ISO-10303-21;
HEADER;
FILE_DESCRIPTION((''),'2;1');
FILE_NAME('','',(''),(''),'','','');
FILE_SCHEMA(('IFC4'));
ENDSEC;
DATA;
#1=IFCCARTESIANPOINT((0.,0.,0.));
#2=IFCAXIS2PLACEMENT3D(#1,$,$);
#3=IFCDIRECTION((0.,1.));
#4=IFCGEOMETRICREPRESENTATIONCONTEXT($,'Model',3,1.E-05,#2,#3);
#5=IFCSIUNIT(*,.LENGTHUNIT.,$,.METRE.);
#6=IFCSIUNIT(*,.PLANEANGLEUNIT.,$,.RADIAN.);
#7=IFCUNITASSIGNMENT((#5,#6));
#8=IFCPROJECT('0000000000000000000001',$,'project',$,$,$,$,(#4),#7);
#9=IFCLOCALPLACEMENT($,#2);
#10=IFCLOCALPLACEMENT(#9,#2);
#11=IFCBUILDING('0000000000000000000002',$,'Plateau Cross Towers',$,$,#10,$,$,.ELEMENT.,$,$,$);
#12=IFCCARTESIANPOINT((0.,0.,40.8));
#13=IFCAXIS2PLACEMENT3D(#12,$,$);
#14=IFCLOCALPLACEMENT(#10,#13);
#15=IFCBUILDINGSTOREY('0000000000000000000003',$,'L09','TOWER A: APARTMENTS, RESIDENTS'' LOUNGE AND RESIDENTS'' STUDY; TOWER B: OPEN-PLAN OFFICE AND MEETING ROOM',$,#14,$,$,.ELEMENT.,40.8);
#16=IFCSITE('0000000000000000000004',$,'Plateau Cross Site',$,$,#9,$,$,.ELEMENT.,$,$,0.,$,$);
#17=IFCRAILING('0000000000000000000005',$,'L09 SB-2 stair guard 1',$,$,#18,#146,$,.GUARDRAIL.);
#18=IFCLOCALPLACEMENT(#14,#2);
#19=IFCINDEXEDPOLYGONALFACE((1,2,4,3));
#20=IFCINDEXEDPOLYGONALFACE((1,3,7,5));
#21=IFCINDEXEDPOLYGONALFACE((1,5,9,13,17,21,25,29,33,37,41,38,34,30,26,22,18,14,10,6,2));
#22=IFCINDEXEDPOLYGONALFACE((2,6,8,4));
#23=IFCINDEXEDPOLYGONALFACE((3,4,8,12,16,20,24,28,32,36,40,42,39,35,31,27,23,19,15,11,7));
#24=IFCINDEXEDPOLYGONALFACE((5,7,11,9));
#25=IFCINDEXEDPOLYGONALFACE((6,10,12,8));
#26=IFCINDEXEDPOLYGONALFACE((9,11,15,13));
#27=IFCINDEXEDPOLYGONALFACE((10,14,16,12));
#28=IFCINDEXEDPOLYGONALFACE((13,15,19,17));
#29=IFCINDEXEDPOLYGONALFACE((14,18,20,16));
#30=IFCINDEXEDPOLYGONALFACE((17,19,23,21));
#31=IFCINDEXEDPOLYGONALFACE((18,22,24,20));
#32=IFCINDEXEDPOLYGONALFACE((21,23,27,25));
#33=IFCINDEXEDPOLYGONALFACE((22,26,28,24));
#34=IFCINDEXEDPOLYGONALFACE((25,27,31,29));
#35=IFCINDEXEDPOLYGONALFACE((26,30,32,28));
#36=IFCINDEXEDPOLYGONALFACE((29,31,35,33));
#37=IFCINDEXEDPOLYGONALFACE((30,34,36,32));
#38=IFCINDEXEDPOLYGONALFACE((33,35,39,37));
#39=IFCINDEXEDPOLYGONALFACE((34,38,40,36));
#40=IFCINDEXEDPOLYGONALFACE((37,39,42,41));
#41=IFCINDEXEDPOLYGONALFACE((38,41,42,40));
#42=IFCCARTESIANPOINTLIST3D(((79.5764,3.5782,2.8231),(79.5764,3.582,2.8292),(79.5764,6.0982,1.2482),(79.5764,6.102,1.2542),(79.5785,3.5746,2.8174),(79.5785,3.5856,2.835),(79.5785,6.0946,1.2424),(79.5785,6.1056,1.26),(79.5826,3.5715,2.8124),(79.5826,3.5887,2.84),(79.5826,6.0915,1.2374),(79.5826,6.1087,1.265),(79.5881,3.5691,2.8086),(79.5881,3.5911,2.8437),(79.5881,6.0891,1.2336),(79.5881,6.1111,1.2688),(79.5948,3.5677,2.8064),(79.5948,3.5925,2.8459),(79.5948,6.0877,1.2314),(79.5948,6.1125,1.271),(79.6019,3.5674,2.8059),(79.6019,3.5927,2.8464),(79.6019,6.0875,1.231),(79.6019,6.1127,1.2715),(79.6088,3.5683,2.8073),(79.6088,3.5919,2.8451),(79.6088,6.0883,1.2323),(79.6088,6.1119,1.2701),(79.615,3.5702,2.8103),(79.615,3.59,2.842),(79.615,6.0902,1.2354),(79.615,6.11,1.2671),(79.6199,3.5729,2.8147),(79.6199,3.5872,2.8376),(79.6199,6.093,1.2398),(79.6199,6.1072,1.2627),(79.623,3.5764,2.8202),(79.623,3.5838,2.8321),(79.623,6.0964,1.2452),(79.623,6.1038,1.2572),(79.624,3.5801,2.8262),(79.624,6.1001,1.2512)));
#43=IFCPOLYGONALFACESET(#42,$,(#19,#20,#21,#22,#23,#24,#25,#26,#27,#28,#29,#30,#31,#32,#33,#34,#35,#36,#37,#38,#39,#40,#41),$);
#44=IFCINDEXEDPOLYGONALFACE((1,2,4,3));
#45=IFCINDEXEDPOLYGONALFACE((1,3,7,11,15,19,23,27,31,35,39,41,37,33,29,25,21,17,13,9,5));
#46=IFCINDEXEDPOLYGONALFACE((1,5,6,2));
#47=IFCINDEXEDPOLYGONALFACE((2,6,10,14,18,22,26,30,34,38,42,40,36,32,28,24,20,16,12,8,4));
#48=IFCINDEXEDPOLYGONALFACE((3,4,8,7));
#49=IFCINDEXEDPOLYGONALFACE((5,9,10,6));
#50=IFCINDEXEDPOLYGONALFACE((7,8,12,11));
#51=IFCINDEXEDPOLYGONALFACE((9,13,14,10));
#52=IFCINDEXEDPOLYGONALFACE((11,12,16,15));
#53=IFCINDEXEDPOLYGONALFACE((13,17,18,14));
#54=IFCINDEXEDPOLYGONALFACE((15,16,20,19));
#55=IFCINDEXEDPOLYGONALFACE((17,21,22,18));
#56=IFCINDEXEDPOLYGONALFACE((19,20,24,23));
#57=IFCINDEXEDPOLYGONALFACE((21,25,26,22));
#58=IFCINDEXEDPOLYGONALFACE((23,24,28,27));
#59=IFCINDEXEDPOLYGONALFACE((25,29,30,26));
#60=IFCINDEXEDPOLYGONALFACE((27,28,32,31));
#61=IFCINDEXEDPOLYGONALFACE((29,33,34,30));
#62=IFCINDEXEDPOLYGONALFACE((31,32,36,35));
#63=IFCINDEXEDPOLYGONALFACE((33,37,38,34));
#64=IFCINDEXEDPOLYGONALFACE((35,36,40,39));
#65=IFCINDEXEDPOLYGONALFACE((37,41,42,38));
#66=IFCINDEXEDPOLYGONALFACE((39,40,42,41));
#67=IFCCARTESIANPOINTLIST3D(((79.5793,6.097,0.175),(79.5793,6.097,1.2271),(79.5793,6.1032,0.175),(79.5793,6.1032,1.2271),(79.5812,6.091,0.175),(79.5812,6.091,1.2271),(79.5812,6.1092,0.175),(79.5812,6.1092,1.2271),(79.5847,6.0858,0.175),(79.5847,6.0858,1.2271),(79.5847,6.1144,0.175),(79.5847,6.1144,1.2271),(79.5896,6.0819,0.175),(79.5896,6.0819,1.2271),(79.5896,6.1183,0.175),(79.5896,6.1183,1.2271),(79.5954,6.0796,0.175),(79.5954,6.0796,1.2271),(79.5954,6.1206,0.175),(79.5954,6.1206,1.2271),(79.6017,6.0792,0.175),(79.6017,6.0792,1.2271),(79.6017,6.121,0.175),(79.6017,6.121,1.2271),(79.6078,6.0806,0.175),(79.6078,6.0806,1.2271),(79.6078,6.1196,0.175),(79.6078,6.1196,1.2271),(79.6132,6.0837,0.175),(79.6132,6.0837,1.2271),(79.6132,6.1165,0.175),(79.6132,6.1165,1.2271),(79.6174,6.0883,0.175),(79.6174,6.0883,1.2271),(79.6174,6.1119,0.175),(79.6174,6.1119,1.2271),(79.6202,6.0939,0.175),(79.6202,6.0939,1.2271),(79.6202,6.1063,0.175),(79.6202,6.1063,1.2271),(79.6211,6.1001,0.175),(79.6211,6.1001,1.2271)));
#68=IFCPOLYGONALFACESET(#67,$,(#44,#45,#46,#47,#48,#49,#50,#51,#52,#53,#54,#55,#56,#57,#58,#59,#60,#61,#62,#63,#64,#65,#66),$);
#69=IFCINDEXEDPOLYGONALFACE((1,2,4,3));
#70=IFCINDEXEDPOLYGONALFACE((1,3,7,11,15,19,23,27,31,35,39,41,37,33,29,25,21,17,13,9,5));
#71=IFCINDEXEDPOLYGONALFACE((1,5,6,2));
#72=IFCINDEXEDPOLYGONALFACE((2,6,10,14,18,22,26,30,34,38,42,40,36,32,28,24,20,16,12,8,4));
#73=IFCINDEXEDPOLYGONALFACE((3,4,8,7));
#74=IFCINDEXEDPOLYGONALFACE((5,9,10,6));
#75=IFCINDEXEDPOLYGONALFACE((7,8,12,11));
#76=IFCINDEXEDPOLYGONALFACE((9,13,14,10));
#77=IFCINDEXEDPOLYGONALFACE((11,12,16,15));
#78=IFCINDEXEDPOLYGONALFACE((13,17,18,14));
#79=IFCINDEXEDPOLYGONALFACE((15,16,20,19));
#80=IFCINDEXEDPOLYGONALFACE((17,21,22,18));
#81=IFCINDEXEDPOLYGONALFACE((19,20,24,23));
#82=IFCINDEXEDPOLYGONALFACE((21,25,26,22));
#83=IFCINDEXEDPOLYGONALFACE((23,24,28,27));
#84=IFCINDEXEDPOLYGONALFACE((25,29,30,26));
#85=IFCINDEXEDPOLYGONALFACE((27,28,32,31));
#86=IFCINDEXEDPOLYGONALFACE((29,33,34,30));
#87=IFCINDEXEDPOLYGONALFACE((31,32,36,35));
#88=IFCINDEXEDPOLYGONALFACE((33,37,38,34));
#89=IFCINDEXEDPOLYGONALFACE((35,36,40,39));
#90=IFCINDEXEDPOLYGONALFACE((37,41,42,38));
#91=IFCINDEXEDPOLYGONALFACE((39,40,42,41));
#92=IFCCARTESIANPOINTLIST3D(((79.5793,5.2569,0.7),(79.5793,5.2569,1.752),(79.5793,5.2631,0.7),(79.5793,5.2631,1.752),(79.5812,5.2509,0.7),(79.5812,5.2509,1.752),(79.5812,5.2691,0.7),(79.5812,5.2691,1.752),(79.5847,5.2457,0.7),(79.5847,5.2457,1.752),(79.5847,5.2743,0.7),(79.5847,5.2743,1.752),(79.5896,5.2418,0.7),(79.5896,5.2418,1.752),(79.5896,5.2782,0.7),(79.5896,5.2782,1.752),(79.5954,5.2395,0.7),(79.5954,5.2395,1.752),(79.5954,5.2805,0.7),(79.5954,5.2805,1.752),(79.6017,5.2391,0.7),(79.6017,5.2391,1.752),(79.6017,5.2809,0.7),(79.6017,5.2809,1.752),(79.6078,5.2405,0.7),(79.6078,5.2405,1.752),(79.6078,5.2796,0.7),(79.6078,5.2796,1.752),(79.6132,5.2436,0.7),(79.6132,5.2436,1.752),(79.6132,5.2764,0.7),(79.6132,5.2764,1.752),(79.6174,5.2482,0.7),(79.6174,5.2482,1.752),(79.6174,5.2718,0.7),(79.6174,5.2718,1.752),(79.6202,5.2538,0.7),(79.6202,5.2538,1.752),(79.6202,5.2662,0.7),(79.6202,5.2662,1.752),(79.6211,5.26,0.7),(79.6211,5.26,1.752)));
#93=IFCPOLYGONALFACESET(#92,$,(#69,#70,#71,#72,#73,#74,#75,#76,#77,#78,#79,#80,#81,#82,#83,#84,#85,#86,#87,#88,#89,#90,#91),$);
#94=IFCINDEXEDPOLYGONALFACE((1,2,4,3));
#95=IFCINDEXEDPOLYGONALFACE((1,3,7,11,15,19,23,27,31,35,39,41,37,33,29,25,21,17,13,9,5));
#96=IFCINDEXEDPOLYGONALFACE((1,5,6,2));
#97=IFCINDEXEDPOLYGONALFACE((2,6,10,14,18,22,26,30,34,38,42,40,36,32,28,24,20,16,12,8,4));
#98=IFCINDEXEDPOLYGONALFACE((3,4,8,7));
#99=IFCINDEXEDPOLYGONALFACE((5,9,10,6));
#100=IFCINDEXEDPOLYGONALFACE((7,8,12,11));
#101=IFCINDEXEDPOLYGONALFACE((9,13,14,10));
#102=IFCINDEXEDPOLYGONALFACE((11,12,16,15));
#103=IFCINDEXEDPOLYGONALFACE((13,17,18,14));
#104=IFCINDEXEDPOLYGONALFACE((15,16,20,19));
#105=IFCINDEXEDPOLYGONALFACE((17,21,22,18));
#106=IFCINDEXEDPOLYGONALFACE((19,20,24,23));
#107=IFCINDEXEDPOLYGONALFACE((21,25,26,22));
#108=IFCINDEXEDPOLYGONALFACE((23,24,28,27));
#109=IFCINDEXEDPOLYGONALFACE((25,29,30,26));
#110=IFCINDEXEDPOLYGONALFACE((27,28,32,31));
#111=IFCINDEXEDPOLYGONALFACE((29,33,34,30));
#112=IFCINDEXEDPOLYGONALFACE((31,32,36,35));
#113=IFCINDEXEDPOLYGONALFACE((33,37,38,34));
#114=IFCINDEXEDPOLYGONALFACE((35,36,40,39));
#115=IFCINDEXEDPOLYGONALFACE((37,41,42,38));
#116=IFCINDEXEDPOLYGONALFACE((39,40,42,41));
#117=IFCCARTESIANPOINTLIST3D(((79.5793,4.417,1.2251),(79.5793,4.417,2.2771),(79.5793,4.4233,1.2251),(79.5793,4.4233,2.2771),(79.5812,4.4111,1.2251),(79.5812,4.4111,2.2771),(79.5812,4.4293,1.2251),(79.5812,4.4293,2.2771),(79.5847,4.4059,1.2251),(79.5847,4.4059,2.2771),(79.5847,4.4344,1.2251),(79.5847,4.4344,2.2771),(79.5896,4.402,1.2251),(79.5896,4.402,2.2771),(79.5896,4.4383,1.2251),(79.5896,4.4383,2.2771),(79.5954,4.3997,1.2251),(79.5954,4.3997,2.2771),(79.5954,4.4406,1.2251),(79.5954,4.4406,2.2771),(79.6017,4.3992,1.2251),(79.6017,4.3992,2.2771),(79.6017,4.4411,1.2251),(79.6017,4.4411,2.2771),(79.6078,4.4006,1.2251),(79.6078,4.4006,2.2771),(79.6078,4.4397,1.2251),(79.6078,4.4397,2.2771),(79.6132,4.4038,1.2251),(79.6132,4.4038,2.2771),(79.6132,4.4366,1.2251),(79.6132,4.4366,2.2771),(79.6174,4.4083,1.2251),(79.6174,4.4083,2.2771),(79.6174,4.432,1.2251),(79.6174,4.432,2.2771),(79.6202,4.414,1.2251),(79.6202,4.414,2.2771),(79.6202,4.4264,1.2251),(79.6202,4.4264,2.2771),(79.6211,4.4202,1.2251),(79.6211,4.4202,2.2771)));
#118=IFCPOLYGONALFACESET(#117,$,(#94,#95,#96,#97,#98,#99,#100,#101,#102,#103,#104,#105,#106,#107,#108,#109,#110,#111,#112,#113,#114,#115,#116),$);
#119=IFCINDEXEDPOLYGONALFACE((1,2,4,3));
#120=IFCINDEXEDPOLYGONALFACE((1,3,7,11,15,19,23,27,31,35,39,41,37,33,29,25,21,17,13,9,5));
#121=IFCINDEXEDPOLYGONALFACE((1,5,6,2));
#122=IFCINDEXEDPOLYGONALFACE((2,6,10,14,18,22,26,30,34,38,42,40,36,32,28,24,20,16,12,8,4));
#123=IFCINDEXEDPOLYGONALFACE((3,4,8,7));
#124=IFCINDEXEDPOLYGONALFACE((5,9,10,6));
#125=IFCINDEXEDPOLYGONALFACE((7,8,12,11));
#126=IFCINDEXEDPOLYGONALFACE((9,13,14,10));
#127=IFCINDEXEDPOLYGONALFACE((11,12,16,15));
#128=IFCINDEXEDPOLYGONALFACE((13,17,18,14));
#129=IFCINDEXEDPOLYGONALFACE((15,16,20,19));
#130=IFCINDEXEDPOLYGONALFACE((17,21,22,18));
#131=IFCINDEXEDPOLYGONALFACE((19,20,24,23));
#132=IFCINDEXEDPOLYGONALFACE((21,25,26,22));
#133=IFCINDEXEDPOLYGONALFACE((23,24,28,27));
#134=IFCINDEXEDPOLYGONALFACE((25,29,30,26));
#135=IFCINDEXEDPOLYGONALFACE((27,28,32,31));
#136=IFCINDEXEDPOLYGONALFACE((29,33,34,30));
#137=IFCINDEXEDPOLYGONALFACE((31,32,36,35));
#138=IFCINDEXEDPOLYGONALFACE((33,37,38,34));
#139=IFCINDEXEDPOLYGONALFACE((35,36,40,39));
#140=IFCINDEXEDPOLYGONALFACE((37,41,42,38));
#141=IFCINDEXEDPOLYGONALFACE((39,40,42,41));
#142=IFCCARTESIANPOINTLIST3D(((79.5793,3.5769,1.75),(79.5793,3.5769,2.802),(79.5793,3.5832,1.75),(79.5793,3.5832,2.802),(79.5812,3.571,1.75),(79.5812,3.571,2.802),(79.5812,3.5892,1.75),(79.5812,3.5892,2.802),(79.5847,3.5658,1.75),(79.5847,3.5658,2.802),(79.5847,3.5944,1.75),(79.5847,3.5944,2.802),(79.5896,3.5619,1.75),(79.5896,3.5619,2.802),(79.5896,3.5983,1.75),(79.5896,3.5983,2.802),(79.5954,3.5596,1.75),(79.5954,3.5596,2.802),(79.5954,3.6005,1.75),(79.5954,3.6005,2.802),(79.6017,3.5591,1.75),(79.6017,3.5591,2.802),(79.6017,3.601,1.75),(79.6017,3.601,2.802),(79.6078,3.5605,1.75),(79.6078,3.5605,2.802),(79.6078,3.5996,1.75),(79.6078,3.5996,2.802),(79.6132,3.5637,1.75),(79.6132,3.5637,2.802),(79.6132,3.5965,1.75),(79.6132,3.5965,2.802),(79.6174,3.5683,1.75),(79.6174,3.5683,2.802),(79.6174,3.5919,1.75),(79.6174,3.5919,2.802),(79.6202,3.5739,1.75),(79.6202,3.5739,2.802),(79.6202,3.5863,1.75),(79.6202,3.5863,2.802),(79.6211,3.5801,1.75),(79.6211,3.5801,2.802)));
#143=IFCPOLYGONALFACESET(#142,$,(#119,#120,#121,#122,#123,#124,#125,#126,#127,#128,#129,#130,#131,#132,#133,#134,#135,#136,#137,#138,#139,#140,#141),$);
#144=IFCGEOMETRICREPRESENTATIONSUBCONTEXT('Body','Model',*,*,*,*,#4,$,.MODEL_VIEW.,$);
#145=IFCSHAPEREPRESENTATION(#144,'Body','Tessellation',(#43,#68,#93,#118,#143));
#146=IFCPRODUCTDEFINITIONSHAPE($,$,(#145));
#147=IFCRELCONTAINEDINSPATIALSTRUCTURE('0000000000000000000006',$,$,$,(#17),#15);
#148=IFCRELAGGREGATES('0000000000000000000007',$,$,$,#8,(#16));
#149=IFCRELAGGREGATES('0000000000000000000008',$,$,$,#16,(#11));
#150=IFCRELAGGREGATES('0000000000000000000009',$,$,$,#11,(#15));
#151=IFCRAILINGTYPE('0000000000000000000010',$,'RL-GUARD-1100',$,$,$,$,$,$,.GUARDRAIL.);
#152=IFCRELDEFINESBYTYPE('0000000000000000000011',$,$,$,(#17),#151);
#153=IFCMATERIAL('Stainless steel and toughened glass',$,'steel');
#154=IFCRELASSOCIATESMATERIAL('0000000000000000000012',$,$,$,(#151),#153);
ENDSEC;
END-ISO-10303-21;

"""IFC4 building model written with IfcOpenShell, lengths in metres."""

from ifc_helpers import new_model, si_unit, direction, frame, origin, origin_2d, place, context, subcontext, project, spatial, circle, extrude, material, type_object, element, save


model = new_model("IFC4")

# Units and contexts
model_context = context("Model", 3, precision=1e-05, world=origin(), true_north=direction((0.0, 1.0)))
body_context = subcontext(model_context, "Body", "Model", "MODEL_VIEW")
ifc_project = project(units=[si_unit("LENGTHUNIT", "METRE"), si_unit("PLANEANGLEUNIT", "RADIAN")], contexts=[model_context])

# Site, building, storey
site_placement = place(None, origin())
site = spatial("IfcSite", under=ifc_project, at=site_placement, Name="Plateau Cross Site", CompositionType="ELEMENT", RefElevation=0.0)
building_placement = place(site_placement, origin())
building = spatial("IfcBuilding", under=site, at=building_placement, Name="Plateau Cross Towers", CompositionType="ELEMENT")
storey_placement = place(building_placement, frame((0.0, 0.0, 40.8)))
storey = spatial("IfcBuildingStorey", under=building, at=storey_placement, Name="L09", Description="TOWER A: APARTMENTS, RESIDENTS' LOUNGE AND RESIDENTS' STUDY; TOWER B: OPEN-PLAN OFFICE AND MEETING ROOM", CompositionType="ELEMENT", Elevation=40.8)

# Railing
ifc_material_1 = material(Name="Stainless steel and toughened glass", Category="steel")
railing_type = type_object("IfcRailingType", Name="RL-GUARD-1100", PredefinedType="GUARDRAIL", material=ifc_material_1)
railing_1_placement = place(storey_placement, frame((79.6001, 6.1001, 0.175)))
element("IfcRailing", 1, at=railing_1_placement, inside=storey, type_object=railing_type, Name="L09 SB-2 stair guard 1", PredefinedType="GUARDRAIL", context=body_context, shape_type="SweptSolid", body=[
    extrude(circle(Radius=0.0239, at=origin_2d()), frame((0.0, 0.0, 1.0762), z_axis=(0.0, -0.848008, 0.529984), x_axis=(1.0, 0.0, 0.0)), (0.0, 0.0, 1.0), 2.9717),
    extrude(circle(Radius=0.021, at=origin_2d()), origin(), (0.0, 0.0, 1.0), 1.052),
    extrude(circle(Radius=0.021, at=origin_2d()), frame((0.0, -0.8401, 0.5249)), (0.0, 0.0, 1.0), 1.052),
    extrude(circle(Radius=0.021, at=origin_2d()), frame((0.0, -1.6799, 1.05)), (0.0, 0.0, 1.0), 1.052),
    extrude(circle(Radius=0.021, at=origin_2d()), frame((0.0, -2.52, 1.575)), (0.0, 0.0, 1.0), 1.052),
])

save(model, "model.ifc")
